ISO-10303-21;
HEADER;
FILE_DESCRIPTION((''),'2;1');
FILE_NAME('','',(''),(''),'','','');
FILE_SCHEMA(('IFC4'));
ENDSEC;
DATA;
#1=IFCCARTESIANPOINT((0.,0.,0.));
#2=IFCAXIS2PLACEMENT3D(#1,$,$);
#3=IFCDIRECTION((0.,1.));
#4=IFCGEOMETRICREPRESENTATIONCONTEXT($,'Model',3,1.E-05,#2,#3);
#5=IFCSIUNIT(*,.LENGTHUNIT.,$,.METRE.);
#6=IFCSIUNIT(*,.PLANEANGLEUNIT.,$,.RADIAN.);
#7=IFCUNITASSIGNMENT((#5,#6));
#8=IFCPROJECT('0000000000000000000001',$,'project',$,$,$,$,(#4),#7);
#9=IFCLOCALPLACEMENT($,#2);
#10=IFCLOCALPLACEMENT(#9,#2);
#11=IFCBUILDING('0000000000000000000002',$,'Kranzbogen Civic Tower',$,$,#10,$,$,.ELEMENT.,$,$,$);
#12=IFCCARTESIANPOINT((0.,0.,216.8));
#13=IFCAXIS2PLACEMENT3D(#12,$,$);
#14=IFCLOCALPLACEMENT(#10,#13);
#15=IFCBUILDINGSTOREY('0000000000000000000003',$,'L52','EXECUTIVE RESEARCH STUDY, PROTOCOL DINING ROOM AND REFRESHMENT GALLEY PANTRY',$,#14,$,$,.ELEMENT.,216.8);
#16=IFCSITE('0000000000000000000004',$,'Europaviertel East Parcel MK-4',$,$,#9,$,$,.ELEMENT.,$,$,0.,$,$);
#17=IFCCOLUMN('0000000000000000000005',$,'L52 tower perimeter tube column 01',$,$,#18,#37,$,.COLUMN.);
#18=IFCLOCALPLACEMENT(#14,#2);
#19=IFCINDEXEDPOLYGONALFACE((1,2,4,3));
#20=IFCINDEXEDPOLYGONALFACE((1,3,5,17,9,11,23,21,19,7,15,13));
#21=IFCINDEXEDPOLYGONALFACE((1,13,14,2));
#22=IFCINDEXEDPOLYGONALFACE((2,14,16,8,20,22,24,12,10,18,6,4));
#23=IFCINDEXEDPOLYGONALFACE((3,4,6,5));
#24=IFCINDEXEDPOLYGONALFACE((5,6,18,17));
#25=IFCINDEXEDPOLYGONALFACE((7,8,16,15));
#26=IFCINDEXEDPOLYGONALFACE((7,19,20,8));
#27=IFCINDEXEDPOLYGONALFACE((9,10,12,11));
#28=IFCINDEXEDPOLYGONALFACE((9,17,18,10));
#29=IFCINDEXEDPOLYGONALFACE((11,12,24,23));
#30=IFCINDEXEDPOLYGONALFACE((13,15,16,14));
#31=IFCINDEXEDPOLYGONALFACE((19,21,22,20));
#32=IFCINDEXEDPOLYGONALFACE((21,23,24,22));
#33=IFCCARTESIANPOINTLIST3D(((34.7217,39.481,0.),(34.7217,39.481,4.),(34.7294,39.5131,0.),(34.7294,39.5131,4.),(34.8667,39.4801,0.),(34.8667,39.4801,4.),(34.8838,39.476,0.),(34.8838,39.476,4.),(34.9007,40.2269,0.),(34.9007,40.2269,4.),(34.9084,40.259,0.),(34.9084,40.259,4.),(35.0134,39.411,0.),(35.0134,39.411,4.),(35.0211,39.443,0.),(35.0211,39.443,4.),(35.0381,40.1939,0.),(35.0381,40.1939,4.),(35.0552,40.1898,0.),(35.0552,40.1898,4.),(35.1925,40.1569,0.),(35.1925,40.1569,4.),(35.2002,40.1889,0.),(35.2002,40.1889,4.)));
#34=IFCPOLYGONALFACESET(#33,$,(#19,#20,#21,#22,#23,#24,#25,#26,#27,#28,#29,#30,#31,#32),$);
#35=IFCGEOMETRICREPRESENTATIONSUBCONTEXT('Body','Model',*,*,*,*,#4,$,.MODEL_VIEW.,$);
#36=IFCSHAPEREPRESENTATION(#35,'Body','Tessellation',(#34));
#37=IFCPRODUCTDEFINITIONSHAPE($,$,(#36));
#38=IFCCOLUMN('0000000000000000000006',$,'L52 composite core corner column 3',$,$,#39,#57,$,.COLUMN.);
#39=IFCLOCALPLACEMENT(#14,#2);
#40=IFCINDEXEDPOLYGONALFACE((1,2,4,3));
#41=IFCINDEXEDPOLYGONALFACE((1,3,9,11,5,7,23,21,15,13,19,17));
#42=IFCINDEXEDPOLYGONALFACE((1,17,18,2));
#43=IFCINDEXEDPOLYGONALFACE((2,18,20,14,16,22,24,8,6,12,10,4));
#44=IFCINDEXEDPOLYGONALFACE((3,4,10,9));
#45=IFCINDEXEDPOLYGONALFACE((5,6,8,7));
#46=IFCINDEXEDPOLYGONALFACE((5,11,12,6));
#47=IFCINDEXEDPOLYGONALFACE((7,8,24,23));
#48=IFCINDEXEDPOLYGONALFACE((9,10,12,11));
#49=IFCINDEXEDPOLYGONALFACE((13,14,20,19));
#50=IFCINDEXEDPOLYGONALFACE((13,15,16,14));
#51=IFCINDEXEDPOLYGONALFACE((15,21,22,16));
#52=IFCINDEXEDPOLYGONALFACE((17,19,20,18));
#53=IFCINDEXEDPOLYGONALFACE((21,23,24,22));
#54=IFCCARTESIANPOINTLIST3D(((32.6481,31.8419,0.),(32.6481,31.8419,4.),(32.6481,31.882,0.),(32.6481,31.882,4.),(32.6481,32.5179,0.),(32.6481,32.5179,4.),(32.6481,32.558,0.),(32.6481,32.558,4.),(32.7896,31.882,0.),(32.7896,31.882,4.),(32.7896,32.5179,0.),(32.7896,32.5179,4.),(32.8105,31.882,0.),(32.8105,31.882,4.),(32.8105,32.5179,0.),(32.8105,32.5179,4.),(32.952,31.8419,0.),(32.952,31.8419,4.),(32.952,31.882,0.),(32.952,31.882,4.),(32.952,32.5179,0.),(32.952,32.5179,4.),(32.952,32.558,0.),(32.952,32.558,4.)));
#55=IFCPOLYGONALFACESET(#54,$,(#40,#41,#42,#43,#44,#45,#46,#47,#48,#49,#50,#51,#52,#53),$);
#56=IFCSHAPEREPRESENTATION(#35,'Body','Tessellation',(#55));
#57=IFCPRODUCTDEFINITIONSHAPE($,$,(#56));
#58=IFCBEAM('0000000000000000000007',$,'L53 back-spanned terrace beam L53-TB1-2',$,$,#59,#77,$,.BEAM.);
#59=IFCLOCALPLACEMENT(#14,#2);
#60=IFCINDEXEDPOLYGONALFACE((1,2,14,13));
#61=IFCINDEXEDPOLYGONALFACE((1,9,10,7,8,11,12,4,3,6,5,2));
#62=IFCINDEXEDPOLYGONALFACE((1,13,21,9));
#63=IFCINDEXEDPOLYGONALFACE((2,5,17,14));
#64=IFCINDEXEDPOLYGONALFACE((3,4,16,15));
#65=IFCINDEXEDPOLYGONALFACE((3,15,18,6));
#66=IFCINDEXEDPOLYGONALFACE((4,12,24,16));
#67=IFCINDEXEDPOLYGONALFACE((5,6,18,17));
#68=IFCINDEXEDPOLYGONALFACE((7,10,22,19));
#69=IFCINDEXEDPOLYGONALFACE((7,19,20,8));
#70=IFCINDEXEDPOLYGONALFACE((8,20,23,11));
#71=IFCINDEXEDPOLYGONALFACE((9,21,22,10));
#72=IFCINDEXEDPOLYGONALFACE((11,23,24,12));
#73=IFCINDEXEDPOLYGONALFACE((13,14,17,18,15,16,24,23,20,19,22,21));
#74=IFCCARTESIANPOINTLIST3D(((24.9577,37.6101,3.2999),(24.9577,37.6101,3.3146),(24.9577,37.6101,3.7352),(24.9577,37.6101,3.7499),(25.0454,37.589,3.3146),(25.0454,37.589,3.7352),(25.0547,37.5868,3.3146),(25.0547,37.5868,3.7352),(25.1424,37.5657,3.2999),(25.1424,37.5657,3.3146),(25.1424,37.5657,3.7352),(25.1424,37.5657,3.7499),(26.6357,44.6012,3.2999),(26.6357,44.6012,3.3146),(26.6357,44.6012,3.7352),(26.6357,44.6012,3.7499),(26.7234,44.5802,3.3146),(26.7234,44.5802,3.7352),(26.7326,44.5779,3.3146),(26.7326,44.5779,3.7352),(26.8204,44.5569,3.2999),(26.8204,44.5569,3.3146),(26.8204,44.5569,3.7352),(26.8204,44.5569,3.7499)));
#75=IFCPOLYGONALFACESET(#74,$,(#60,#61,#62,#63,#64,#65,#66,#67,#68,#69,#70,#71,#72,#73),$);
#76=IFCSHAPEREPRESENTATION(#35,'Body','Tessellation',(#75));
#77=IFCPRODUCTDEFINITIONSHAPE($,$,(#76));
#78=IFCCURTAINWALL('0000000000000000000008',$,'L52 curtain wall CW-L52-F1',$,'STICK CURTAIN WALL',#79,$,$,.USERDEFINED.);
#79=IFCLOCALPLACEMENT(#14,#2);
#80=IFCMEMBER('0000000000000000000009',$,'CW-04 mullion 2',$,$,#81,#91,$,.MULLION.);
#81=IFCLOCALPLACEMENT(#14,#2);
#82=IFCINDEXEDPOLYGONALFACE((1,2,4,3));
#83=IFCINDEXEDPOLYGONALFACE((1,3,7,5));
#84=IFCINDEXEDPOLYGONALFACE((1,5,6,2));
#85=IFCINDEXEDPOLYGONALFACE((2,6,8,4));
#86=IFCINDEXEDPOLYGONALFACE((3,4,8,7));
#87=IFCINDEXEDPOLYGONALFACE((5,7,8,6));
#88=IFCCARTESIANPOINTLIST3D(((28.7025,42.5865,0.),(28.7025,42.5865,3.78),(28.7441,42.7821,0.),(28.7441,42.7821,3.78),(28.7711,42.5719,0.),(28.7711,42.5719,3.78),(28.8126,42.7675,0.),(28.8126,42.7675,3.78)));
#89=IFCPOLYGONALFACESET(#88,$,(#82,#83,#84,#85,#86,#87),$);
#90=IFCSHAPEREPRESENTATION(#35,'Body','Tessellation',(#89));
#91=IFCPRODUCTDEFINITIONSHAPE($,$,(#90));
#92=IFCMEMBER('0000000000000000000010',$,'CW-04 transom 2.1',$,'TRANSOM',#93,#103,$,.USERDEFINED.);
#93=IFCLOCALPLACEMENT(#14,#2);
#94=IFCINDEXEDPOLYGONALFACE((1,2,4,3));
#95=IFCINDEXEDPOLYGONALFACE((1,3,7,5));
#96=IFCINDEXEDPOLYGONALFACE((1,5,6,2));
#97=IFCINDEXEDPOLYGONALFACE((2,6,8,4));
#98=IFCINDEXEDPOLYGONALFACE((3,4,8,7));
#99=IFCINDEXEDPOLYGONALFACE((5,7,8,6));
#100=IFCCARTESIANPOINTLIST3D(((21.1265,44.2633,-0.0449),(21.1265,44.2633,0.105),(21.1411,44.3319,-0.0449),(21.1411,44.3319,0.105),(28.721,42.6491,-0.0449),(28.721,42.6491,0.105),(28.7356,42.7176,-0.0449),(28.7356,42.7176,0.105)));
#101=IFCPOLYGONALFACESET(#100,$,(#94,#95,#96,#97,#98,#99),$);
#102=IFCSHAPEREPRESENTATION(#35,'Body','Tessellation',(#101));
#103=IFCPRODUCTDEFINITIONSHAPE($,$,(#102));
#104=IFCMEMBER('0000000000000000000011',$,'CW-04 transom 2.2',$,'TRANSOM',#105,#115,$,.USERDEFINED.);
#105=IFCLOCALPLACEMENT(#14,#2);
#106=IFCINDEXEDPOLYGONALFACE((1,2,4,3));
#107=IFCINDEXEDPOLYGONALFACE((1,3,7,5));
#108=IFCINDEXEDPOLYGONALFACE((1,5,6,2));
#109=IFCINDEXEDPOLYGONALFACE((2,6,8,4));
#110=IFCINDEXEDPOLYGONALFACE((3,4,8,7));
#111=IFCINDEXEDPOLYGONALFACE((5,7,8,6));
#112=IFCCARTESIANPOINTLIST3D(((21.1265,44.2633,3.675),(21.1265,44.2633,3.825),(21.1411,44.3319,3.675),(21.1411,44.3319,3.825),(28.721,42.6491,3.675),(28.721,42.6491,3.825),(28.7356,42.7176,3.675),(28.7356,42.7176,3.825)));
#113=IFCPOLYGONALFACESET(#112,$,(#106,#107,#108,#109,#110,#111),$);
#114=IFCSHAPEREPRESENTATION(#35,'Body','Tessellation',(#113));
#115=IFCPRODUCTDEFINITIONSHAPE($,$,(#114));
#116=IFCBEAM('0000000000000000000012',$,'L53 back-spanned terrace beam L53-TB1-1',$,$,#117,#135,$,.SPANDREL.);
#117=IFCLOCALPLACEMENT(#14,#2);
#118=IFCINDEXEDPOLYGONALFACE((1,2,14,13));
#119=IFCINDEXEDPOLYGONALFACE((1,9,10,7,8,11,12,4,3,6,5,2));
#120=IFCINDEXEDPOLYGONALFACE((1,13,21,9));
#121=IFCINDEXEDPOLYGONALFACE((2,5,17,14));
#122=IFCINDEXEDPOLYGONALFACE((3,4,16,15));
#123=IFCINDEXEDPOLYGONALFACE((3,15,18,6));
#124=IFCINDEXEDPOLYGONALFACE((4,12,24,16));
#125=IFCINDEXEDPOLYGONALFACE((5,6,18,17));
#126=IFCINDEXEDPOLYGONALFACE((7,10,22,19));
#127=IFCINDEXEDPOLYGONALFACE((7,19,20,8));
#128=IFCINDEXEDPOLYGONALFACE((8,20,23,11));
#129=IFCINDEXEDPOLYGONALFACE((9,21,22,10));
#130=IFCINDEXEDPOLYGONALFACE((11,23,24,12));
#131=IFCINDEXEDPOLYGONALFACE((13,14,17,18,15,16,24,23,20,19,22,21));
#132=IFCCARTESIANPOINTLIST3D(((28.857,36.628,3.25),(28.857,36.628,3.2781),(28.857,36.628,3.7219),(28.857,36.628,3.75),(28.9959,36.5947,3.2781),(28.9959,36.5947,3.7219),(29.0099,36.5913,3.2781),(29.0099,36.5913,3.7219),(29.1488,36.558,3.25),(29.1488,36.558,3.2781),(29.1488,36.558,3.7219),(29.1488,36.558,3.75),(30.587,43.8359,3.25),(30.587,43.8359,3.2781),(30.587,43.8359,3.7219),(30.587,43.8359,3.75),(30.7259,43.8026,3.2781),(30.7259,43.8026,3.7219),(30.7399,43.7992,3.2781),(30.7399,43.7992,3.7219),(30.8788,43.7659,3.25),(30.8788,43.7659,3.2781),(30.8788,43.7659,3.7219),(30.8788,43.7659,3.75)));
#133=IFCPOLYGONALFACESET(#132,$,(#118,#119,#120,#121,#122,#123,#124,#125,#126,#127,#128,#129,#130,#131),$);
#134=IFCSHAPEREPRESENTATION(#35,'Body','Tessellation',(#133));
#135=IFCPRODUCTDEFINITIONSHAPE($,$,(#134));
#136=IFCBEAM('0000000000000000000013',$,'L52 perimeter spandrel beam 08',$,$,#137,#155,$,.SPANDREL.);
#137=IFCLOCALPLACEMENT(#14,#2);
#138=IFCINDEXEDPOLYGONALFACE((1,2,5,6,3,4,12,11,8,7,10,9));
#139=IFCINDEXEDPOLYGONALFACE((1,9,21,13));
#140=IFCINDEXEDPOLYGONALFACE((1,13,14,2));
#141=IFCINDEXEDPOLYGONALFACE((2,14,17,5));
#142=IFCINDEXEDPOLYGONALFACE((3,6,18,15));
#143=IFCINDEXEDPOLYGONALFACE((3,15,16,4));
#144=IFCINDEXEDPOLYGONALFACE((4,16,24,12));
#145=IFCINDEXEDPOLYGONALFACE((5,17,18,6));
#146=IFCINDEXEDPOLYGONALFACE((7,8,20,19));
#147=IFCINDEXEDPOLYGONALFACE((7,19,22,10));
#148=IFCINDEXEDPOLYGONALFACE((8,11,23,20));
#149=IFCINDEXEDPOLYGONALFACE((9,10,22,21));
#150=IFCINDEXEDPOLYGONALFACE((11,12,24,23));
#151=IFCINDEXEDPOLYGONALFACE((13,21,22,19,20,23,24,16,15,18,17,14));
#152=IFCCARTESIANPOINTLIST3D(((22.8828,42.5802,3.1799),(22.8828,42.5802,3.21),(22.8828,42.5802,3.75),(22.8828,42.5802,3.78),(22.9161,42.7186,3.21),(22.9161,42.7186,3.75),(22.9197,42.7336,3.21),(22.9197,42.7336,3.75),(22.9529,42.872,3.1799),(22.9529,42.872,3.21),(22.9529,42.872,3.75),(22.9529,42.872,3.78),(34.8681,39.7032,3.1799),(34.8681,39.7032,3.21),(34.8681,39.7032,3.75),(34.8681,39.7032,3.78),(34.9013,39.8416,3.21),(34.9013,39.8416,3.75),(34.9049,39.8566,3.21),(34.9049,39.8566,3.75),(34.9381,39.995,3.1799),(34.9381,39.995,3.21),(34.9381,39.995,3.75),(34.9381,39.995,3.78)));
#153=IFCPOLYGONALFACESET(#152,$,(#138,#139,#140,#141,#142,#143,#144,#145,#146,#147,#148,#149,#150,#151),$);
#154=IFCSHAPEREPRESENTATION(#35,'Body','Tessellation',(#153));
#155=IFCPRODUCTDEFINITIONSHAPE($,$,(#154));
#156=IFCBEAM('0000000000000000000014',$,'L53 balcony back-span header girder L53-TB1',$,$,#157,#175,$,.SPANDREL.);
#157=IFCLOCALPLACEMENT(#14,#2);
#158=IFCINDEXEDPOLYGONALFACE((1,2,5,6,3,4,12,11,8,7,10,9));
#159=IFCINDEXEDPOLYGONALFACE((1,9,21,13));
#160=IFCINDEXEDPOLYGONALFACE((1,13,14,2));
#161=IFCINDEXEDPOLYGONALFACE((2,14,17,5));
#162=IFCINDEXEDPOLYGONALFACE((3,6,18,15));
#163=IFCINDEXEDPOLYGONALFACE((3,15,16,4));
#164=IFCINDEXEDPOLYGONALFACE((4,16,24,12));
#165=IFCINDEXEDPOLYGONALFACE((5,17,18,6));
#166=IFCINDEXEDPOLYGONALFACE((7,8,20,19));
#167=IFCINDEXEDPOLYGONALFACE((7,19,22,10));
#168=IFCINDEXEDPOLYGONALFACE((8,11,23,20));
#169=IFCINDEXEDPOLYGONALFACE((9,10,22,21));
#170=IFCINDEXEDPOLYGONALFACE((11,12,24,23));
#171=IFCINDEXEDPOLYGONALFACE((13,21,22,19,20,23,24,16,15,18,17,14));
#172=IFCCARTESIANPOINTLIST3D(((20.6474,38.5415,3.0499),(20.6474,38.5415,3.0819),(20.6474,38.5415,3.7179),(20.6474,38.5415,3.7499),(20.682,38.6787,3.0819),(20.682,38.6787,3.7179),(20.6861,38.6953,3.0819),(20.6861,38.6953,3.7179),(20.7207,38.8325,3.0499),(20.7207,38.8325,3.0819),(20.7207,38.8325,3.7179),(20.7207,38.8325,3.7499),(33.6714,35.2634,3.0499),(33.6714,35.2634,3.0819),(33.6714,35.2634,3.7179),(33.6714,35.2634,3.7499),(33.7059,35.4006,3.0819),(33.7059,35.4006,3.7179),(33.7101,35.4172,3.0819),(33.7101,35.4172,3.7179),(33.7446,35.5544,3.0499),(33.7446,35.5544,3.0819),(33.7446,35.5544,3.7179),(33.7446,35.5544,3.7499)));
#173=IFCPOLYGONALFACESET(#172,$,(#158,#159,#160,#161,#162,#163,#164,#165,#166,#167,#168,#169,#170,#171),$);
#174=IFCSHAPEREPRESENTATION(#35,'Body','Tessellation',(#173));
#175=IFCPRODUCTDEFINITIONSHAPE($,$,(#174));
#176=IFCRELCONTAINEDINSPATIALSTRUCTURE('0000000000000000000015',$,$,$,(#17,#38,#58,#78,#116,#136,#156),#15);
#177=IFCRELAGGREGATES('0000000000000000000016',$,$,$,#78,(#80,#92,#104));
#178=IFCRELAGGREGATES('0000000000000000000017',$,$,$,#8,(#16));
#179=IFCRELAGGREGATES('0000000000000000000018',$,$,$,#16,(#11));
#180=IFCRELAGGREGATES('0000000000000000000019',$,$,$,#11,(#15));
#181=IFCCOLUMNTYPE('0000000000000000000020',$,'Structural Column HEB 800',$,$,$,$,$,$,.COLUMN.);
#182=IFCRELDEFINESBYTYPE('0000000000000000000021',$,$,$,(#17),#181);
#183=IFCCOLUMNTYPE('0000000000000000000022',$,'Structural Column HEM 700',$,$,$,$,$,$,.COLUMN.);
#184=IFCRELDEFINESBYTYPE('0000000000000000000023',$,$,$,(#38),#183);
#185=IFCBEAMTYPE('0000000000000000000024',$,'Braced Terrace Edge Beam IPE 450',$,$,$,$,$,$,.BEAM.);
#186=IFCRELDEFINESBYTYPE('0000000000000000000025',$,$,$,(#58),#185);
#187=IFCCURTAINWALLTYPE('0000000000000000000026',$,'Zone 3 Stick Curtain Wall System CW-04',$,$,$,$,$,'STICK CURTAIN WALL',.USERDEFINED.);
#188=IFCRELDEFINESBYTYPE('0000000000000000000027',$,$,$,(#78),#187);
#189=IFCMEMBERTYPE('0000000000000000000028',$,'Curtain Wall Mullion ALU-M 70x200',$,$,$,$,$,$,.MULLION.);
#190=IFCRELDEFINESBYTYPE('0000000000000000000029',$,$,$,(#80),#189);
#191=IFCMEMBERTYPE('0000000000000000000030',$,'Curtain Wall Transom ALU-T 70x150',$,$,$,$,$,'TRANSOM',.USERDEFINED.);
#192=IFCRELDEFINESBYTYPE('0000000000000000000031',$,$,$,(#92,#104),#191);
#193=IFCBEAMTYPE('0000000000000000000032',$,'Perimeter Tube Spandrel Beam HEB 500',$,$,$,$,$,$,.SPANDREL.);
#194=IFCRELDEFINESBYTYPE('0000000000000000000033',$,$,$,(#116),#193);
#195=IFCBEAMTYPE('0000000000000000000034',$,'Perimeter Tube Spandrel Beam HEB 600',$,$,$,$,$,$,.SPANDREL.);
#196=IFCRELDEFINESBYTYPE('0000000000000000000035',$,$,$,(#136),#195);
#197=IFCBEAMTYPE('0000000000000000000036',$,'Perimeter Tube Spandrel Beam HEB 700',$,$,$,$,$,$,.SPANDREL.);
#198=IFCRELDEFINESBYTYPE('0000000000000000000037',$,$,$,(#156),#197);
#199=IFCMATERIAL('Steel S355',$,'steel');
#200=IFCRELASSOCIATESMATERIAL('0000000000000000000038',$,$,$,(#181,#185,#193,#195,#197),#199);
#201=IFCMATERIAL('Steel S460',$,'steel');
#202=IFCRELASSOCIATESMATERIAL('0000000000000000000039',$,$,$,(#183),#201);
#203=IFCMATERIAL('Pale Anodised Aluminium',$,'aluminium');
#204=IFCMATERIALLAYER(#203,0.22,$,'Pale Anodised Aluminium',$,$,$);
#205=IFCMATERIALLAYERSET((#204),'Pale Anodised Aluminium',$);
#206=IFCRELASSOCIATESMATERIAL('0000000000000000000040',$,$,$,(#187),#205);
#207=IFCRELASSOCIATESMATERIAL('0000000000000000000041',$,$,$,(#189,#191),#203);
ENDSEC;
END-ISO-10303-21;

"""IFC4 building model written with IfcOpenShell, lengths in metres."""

from ifc_helpers import new_model, si_unit, direction, frame, origin, origin_2d, place, context, subcontext, project, spatial, rectangle, i_section, extrude, material, layer, layer_set, material_profile, profile_set, type_object, element, aggregate, save


model = new_model("IFC4")

# Units and contexts
model_context = context("Model", 3, precision=1e-05, world=origin(), true_north=direction((0.0, 1.0)))
body_context = subcontext(model_context, "Body", "Model", "MODEL_VIEW")
ifc_project = project(units=[si_unit("LENGTHUNIT", "METRE"), si_unit("PLANEANGLEUNIT", "RADIAN")], contexts=[model_context])

# Site, building, storey
site_placement = place(None, origin())
site = spatial("IfcSite", under=ifc_project, at=site_placement, Name="Europaviertel East Parcel MK-4", CompositionType="ELEMENT", RefElevation=0.0)
building_placement = place(site_placement, origin())
building = spatial("IfcBuilding", under=site, at=building_placement, Name="Kranzbogen Civic Tower", CompositionType="ELEMENT")
storey_placement = place(building_placement, frame((0.0, 0.0, 216.8)))
storey = spatial("IfcBuildingStorey", under=building, at=storey_placement, Name="L52", Description="EXECUTIVE RESEARCH STUDY, PROTOCOL DINING ROOM AND REFRESHMENT GALLEY PANTRY", CompositionType="ELEMENT", Elevation=216.8)

# Columns
ifc_material_1 = material(Name="Steel S355", Category="steel")
ifc_material_profile_1 = material_profile(ifc_material_1, i_section(OverallWidth=0.3, OverallDepth=0.8, WebThickness=0.0176, FlangeThickness=0.033, at=origin_2d()), Name="HEB 800")
ifc_profile_set_1 = profile_set([ifc_material_profile_1], Name="Steel S355")
column_type_1 = type_object("IfcColumnType", Name="Structural Column HEB 800", PredefinedType="COLUMN", material=ifc_profile_set_1)
column_1_placement = place(storey_placement, frame((34.9609, 39.835, 0.0), z_axis=(0.0, 0.0, 1.0), x_axis=(-0.97237, 0.233445, 0.0)))
element("IfcColumn", 1, at=column_1_placement, inside=storey, type_object=column_type_1, Name="L52 tower perimeter tube column 01", PredefinedType="COLUMN", context=body_context, shape_type="SweptSolid", body=[
    extrude(i_section(OverallWidth=0.3, OverallDepth=0.8, WebThickness=0.0176, FlangeThickness=0.033, at=origin_2d()), origin(), (0.0, 0.0, 1.0), 4.0),
])
ifc_material_2 = material(Name="Steel S460", Category="steel")
ifc_material_profile_2 = material_profile(ifc_material_2, i_section(OverallWidth=0.304, OverallDepth=0.7161, WebThickness=0.021, FlangeThickness=0.04, at=origin_2d()), Name="HEM 700")
ifc_profile_set_2 = profile_set([ifc_material_profile_2], Name="Steel S460")
column_type_2 = type_object("IfcColumnType", Name="Structural Column HEM 700", PredefinedType="COLUMN", material=ifc_profile_set_2)
column_2_placement = place(storey_placement, frame((32.8, 32.2, 0.0), z_axis=(0.0, 0.0, 1.0), x_axis=(1.0, 0.0, 0.0)))
element("IfcColumn", 2, at=column_2_placement, inside=storey, type_object=column_type_2, Name="L52 composite core corner column 3", PredefinedType="COLUMN", context=body_context, shape_type="SweptSolid", body=[
    extrude(i_section(OverallWidth=0.304, OverallDepth=0.7161, WebThickness=0.021, FlangeThickness=0.04, at=origin_2d()), origin(), (0.0, 0.0, 1.0), 4.0),
])

# Beam
ifc_material_profile_3 = material_profile(ifc_material_1, i_section(OverallWidth=0.1899, OverallDepth=0.45, WebThickness=0.0095, FlangeThickness=0.0146, at=origin_2d()), Name="IPE 450")
ifc_profile_set_3 = profile_set([ifc_material_profile_3], Name="Steel S355")
beam_type_1 = type_object("IfcBeamType", Name="Braced Terrace Edge Beam IPE 450", PredefinedType="BEAM", material=ifc_profile_set_3)
beam_1_placement = place(storey_placement, frame((25.05, 37.5879, 3.5249), z_axis=(0.233385, 0.972385, 0.0), x_axis=(-0.972385, 0.233385, 0.0)))
element("IfcBeam", 3, at=beam_1_placement, inside=storey, type_object=beam_type_1, Name="L53 back-spanned terrace beam L53-TB1-2", PredefinedType="BEAM", context=body_context, shape_type="SweptSolid", body=[
    extrude(i_section(OverallWidth=0.1899, OverallDepth=0.45, WebThickness=0.0095, FlangeThickness=0.0146, at=origin_2d()), origin(), (0.0, 0.0, 1.0), 7.1897),
])

# Curtain wall, members
ifc_material_3 = material(Name="Pale Anodised Aluminium", Category="aluminium")
ifc_layer_1 = layer(ifc_material_3, 0.22, Name="Pale Anodised Aluminium")
ifc_layer_set_1 = layer_set([ifc_layer_1], Name="Pale Anodised Aluminium")
curtain_wall_type = type_object("IfcCurtainWallType", Name="Zone 3 Stick Curtain Wall System CW-04", ElementType="STICK CURTAIN WALL", PredefinedType="USERDEFINED", material=ifc_layer_set_1)
curtain_wall_placement = place(storey_placement, origin())
curtain_wall = element("IfcCurtainWall", 4, at=curtain_wall_placement, inside=storey, type_object=curtain_wall_type, Name="L52 curtain wall CW-L52-F1", ObjectType="STICK CURTAIN WALL", PredefinedType="USERDEFINED")
ifc_material_profile_4 = material_profile(ifc_material_3, rectangle(XDim=0.0701, YDim=0.2, at=origin_2d()), Name="ALU-M 70x200")
ifc_profile_set_4 = profile_set([ifc_material_profile_4], Name="Pale Anodised Aluminium")
member_type_1 = type_object("IfcMemberType", Name="Curtain Wall Mullion ALU-M 70x200", PredefinedType="MULLION", material=ifc_profile_set_4)
member_1_placement = place(storey_placement, frame((28.7576, 42.677, 0.0), z_axis=(0.0, 0.0, 1.0), x_axis=(-0.978147, 0.207916, 0.0)))
member_1 = element("IfcMember", 5, at=member_1_placement, type_object=member_type_1, Name="CW-04 mullion 2", PredefinedType="MULLION", context=body_context, shape_type="SweptSolid", body=[
    extrude(rectangle(XDim=0.0701, YDim=0.2, at=origin_2d()), origin(), (0.0, 0.0, 1.0), 3.78),
])
ifc_material_profile_5 = material_profile(ifc_material_3, rectangle(XDim=0.0701, YDim=0.1499, at=origin_2d()), Name="ALU-T 70x150")
ifc_profile_set_5 = profile_set([ifc_material_profile_5], Name="Pale Anodised Aluminium")
member_type_2 = type_object("IfcMemberType", Name="Curtain Wall Transom ALU-T 70x150", ElementType="TRANSOM", PredefinedType="USERDEFINED", material=ifc_profile_set_5)
member_2_placement = place(storey_placement, frame((28.7283, 42.6833, 0.03), z_axis=(-0.978148, 0.207912, 0.0), x_axis=(-0.207912, -0.978148, 0.0)))
member_2 = element("IfcMember", 6, at=member_2_placement, type_object=member_type_2, Name="CW-04 transom 2.1", ObjectType="TRANSOM", PredefinedType="USERDEFINED", context=body_context, shape_type="SweptSolid", body=[
    extrude(rectangle(XDim=0.0701, YDim=0.1499, at=origin_2d()), origin(), (0.0, 0.0, 1.0), 7.7642),
])
member_3_placement = place(storey_placement, frame((28.7283, 42.6833, 3.75), z_axis=(-0.978148, 0.207912, 0.0), x_axis=(-0.207912, -0.978148, 0.0)))
member_3 = element("IfcMember", 7, at=member_3_placement, type_object=member_type_2, Name="CW-04 transom 2.2", ObjectType="TRANSOM", PredefinedType="USERDEFINED", context=body_context, shape_type="SweptSolid", body=[
    extrude(rectangle(XDim=0.0701, YDim=0.1499, at=origin_2d()), origin(), (0.0, 0.0, 1.0), 7.7642),
])

# Beams
ifc_material_profile_6 = material_profile(ifc_material_1, i_section(OverallWidth=0.3, OverallDepth=0.5, WebThickness=0.0144, FlangeThickness=0.0281, at=origin_2d()), Name="HEB 500")
ifc_profile_set_6 = profile_set([ifc_material_profile_6], Name="Steel S355")
beam_type_2 = type_object("IfcBeamType", Name="Perimeter Tube Spandrel Beam HEB 500", PredefinedType="SPANDREL", material=ifc_profile_set_6)
beam_2_placement = place(storey_placement, frame((29.0029, 36.593, 3.5), z_axis=(0.23338, 0.972386, 0.0), x_axis=(-0.972386, 0.23338, 0.0)))
element("IfcBeam", 8, at=beam_2_placement, inside=storey, type_object=beam_type_2, Name="L53 back-spanned terrace beam L53-TB1-1", PredefinedType="SPANDREL", context=body_context, shape_type="SweptSolid", body=[
    extrude(i_section(OverallWidth=0.3, OverallDepth=0.5, WebThickness=0.0144, FlangeThickness=0.0281, at=origin_2d()), origin(), (0.0, 0.0, 1.0), 7.4126),
])
ifc_material_profile_7 = material_profile(ifc_material_1, i_section(OverallWidth=0.3, OverallDepth=0.6001, WebThickness=0.0154, FlangeThickness=0.03, at=origin_2d()), Name="HEB 600")
ifc_profile_set_7 = profile_set([ifc_material_profile_7], Name="Steel S355")
beam_type_3 = type_object("IfcBeamType", Name="Perimeter Tube Spandrel Beam HEB 600", PredefinedType="SPANDREL", material=ifc_profile_set_7)
beam_3_placement = place(storey_placement, frame((34.9031, 39.8491, 3.48), z_axis=(-0.972378, 0.233413, 0.0), x_axis=(-0.233413, -0.972378, 0.0)))
element("IfcBeam", 9, at=beam_3_placement, inside=storey, type_object=beam_type_3, Name="L52 perimeter spandrel beam 08", PredefinedType="SPANDREL", context=body_context, shape_type="SweptSolid", body=[
    extrude(i_section(OverallWidth=0.3, OverallDepth=0.6001, WebThickness=0.0154, FlangeThickness=0.03, at=origin_2d()), origin(), (0.0, 0.0, 1.0), 12.3257),
])
ifc_material_profile_8 = material_profile(ifc_material_1, i_section(OverallWidth=0.3, OverallDepth=0.7, WebThickness=0.0171, FlangeThickness=0.032, at=origin_2d()), Name="HEB 700")
ifc_profile_set_8 = profile_set([ifc_material_profile_8], Name="Steel S355")
beam_type_4 = type_object("IfcBeamType", Name="Perimeter Tube Spandrel Beam HEB 700", PredefinedType="SPANDREL", material=ifc_profile_set_8)
beam_4_placement = place(storey_placement, frame((33.708, 35.4089, 3.3999), z_axis=(-0.969754, 0.244084, 0.0), x_axis=(-0.244084, -0.969754, 0.0)))
element("IfcBeam", 10, at=beam_4_placement, inside=storey, type_object=beam_type_4, Name="L53 balcony back-span header girder L53-TB1", PredefinedType="SPANDREL", context=body_context, shape_type="SweptSolid", body=[
    extrude(i_section(OverallWidth=0.3, OverallDepth=0.7, WebThickness=0.0171, FlangeThickness=0.032, at=origin_2d()), origin(), (0.0, 0.0, 1.0), 13.4302),
])

aggregate(curtain_wall, [member_1, member_2, member_3])

save(model, "model.ifc")
